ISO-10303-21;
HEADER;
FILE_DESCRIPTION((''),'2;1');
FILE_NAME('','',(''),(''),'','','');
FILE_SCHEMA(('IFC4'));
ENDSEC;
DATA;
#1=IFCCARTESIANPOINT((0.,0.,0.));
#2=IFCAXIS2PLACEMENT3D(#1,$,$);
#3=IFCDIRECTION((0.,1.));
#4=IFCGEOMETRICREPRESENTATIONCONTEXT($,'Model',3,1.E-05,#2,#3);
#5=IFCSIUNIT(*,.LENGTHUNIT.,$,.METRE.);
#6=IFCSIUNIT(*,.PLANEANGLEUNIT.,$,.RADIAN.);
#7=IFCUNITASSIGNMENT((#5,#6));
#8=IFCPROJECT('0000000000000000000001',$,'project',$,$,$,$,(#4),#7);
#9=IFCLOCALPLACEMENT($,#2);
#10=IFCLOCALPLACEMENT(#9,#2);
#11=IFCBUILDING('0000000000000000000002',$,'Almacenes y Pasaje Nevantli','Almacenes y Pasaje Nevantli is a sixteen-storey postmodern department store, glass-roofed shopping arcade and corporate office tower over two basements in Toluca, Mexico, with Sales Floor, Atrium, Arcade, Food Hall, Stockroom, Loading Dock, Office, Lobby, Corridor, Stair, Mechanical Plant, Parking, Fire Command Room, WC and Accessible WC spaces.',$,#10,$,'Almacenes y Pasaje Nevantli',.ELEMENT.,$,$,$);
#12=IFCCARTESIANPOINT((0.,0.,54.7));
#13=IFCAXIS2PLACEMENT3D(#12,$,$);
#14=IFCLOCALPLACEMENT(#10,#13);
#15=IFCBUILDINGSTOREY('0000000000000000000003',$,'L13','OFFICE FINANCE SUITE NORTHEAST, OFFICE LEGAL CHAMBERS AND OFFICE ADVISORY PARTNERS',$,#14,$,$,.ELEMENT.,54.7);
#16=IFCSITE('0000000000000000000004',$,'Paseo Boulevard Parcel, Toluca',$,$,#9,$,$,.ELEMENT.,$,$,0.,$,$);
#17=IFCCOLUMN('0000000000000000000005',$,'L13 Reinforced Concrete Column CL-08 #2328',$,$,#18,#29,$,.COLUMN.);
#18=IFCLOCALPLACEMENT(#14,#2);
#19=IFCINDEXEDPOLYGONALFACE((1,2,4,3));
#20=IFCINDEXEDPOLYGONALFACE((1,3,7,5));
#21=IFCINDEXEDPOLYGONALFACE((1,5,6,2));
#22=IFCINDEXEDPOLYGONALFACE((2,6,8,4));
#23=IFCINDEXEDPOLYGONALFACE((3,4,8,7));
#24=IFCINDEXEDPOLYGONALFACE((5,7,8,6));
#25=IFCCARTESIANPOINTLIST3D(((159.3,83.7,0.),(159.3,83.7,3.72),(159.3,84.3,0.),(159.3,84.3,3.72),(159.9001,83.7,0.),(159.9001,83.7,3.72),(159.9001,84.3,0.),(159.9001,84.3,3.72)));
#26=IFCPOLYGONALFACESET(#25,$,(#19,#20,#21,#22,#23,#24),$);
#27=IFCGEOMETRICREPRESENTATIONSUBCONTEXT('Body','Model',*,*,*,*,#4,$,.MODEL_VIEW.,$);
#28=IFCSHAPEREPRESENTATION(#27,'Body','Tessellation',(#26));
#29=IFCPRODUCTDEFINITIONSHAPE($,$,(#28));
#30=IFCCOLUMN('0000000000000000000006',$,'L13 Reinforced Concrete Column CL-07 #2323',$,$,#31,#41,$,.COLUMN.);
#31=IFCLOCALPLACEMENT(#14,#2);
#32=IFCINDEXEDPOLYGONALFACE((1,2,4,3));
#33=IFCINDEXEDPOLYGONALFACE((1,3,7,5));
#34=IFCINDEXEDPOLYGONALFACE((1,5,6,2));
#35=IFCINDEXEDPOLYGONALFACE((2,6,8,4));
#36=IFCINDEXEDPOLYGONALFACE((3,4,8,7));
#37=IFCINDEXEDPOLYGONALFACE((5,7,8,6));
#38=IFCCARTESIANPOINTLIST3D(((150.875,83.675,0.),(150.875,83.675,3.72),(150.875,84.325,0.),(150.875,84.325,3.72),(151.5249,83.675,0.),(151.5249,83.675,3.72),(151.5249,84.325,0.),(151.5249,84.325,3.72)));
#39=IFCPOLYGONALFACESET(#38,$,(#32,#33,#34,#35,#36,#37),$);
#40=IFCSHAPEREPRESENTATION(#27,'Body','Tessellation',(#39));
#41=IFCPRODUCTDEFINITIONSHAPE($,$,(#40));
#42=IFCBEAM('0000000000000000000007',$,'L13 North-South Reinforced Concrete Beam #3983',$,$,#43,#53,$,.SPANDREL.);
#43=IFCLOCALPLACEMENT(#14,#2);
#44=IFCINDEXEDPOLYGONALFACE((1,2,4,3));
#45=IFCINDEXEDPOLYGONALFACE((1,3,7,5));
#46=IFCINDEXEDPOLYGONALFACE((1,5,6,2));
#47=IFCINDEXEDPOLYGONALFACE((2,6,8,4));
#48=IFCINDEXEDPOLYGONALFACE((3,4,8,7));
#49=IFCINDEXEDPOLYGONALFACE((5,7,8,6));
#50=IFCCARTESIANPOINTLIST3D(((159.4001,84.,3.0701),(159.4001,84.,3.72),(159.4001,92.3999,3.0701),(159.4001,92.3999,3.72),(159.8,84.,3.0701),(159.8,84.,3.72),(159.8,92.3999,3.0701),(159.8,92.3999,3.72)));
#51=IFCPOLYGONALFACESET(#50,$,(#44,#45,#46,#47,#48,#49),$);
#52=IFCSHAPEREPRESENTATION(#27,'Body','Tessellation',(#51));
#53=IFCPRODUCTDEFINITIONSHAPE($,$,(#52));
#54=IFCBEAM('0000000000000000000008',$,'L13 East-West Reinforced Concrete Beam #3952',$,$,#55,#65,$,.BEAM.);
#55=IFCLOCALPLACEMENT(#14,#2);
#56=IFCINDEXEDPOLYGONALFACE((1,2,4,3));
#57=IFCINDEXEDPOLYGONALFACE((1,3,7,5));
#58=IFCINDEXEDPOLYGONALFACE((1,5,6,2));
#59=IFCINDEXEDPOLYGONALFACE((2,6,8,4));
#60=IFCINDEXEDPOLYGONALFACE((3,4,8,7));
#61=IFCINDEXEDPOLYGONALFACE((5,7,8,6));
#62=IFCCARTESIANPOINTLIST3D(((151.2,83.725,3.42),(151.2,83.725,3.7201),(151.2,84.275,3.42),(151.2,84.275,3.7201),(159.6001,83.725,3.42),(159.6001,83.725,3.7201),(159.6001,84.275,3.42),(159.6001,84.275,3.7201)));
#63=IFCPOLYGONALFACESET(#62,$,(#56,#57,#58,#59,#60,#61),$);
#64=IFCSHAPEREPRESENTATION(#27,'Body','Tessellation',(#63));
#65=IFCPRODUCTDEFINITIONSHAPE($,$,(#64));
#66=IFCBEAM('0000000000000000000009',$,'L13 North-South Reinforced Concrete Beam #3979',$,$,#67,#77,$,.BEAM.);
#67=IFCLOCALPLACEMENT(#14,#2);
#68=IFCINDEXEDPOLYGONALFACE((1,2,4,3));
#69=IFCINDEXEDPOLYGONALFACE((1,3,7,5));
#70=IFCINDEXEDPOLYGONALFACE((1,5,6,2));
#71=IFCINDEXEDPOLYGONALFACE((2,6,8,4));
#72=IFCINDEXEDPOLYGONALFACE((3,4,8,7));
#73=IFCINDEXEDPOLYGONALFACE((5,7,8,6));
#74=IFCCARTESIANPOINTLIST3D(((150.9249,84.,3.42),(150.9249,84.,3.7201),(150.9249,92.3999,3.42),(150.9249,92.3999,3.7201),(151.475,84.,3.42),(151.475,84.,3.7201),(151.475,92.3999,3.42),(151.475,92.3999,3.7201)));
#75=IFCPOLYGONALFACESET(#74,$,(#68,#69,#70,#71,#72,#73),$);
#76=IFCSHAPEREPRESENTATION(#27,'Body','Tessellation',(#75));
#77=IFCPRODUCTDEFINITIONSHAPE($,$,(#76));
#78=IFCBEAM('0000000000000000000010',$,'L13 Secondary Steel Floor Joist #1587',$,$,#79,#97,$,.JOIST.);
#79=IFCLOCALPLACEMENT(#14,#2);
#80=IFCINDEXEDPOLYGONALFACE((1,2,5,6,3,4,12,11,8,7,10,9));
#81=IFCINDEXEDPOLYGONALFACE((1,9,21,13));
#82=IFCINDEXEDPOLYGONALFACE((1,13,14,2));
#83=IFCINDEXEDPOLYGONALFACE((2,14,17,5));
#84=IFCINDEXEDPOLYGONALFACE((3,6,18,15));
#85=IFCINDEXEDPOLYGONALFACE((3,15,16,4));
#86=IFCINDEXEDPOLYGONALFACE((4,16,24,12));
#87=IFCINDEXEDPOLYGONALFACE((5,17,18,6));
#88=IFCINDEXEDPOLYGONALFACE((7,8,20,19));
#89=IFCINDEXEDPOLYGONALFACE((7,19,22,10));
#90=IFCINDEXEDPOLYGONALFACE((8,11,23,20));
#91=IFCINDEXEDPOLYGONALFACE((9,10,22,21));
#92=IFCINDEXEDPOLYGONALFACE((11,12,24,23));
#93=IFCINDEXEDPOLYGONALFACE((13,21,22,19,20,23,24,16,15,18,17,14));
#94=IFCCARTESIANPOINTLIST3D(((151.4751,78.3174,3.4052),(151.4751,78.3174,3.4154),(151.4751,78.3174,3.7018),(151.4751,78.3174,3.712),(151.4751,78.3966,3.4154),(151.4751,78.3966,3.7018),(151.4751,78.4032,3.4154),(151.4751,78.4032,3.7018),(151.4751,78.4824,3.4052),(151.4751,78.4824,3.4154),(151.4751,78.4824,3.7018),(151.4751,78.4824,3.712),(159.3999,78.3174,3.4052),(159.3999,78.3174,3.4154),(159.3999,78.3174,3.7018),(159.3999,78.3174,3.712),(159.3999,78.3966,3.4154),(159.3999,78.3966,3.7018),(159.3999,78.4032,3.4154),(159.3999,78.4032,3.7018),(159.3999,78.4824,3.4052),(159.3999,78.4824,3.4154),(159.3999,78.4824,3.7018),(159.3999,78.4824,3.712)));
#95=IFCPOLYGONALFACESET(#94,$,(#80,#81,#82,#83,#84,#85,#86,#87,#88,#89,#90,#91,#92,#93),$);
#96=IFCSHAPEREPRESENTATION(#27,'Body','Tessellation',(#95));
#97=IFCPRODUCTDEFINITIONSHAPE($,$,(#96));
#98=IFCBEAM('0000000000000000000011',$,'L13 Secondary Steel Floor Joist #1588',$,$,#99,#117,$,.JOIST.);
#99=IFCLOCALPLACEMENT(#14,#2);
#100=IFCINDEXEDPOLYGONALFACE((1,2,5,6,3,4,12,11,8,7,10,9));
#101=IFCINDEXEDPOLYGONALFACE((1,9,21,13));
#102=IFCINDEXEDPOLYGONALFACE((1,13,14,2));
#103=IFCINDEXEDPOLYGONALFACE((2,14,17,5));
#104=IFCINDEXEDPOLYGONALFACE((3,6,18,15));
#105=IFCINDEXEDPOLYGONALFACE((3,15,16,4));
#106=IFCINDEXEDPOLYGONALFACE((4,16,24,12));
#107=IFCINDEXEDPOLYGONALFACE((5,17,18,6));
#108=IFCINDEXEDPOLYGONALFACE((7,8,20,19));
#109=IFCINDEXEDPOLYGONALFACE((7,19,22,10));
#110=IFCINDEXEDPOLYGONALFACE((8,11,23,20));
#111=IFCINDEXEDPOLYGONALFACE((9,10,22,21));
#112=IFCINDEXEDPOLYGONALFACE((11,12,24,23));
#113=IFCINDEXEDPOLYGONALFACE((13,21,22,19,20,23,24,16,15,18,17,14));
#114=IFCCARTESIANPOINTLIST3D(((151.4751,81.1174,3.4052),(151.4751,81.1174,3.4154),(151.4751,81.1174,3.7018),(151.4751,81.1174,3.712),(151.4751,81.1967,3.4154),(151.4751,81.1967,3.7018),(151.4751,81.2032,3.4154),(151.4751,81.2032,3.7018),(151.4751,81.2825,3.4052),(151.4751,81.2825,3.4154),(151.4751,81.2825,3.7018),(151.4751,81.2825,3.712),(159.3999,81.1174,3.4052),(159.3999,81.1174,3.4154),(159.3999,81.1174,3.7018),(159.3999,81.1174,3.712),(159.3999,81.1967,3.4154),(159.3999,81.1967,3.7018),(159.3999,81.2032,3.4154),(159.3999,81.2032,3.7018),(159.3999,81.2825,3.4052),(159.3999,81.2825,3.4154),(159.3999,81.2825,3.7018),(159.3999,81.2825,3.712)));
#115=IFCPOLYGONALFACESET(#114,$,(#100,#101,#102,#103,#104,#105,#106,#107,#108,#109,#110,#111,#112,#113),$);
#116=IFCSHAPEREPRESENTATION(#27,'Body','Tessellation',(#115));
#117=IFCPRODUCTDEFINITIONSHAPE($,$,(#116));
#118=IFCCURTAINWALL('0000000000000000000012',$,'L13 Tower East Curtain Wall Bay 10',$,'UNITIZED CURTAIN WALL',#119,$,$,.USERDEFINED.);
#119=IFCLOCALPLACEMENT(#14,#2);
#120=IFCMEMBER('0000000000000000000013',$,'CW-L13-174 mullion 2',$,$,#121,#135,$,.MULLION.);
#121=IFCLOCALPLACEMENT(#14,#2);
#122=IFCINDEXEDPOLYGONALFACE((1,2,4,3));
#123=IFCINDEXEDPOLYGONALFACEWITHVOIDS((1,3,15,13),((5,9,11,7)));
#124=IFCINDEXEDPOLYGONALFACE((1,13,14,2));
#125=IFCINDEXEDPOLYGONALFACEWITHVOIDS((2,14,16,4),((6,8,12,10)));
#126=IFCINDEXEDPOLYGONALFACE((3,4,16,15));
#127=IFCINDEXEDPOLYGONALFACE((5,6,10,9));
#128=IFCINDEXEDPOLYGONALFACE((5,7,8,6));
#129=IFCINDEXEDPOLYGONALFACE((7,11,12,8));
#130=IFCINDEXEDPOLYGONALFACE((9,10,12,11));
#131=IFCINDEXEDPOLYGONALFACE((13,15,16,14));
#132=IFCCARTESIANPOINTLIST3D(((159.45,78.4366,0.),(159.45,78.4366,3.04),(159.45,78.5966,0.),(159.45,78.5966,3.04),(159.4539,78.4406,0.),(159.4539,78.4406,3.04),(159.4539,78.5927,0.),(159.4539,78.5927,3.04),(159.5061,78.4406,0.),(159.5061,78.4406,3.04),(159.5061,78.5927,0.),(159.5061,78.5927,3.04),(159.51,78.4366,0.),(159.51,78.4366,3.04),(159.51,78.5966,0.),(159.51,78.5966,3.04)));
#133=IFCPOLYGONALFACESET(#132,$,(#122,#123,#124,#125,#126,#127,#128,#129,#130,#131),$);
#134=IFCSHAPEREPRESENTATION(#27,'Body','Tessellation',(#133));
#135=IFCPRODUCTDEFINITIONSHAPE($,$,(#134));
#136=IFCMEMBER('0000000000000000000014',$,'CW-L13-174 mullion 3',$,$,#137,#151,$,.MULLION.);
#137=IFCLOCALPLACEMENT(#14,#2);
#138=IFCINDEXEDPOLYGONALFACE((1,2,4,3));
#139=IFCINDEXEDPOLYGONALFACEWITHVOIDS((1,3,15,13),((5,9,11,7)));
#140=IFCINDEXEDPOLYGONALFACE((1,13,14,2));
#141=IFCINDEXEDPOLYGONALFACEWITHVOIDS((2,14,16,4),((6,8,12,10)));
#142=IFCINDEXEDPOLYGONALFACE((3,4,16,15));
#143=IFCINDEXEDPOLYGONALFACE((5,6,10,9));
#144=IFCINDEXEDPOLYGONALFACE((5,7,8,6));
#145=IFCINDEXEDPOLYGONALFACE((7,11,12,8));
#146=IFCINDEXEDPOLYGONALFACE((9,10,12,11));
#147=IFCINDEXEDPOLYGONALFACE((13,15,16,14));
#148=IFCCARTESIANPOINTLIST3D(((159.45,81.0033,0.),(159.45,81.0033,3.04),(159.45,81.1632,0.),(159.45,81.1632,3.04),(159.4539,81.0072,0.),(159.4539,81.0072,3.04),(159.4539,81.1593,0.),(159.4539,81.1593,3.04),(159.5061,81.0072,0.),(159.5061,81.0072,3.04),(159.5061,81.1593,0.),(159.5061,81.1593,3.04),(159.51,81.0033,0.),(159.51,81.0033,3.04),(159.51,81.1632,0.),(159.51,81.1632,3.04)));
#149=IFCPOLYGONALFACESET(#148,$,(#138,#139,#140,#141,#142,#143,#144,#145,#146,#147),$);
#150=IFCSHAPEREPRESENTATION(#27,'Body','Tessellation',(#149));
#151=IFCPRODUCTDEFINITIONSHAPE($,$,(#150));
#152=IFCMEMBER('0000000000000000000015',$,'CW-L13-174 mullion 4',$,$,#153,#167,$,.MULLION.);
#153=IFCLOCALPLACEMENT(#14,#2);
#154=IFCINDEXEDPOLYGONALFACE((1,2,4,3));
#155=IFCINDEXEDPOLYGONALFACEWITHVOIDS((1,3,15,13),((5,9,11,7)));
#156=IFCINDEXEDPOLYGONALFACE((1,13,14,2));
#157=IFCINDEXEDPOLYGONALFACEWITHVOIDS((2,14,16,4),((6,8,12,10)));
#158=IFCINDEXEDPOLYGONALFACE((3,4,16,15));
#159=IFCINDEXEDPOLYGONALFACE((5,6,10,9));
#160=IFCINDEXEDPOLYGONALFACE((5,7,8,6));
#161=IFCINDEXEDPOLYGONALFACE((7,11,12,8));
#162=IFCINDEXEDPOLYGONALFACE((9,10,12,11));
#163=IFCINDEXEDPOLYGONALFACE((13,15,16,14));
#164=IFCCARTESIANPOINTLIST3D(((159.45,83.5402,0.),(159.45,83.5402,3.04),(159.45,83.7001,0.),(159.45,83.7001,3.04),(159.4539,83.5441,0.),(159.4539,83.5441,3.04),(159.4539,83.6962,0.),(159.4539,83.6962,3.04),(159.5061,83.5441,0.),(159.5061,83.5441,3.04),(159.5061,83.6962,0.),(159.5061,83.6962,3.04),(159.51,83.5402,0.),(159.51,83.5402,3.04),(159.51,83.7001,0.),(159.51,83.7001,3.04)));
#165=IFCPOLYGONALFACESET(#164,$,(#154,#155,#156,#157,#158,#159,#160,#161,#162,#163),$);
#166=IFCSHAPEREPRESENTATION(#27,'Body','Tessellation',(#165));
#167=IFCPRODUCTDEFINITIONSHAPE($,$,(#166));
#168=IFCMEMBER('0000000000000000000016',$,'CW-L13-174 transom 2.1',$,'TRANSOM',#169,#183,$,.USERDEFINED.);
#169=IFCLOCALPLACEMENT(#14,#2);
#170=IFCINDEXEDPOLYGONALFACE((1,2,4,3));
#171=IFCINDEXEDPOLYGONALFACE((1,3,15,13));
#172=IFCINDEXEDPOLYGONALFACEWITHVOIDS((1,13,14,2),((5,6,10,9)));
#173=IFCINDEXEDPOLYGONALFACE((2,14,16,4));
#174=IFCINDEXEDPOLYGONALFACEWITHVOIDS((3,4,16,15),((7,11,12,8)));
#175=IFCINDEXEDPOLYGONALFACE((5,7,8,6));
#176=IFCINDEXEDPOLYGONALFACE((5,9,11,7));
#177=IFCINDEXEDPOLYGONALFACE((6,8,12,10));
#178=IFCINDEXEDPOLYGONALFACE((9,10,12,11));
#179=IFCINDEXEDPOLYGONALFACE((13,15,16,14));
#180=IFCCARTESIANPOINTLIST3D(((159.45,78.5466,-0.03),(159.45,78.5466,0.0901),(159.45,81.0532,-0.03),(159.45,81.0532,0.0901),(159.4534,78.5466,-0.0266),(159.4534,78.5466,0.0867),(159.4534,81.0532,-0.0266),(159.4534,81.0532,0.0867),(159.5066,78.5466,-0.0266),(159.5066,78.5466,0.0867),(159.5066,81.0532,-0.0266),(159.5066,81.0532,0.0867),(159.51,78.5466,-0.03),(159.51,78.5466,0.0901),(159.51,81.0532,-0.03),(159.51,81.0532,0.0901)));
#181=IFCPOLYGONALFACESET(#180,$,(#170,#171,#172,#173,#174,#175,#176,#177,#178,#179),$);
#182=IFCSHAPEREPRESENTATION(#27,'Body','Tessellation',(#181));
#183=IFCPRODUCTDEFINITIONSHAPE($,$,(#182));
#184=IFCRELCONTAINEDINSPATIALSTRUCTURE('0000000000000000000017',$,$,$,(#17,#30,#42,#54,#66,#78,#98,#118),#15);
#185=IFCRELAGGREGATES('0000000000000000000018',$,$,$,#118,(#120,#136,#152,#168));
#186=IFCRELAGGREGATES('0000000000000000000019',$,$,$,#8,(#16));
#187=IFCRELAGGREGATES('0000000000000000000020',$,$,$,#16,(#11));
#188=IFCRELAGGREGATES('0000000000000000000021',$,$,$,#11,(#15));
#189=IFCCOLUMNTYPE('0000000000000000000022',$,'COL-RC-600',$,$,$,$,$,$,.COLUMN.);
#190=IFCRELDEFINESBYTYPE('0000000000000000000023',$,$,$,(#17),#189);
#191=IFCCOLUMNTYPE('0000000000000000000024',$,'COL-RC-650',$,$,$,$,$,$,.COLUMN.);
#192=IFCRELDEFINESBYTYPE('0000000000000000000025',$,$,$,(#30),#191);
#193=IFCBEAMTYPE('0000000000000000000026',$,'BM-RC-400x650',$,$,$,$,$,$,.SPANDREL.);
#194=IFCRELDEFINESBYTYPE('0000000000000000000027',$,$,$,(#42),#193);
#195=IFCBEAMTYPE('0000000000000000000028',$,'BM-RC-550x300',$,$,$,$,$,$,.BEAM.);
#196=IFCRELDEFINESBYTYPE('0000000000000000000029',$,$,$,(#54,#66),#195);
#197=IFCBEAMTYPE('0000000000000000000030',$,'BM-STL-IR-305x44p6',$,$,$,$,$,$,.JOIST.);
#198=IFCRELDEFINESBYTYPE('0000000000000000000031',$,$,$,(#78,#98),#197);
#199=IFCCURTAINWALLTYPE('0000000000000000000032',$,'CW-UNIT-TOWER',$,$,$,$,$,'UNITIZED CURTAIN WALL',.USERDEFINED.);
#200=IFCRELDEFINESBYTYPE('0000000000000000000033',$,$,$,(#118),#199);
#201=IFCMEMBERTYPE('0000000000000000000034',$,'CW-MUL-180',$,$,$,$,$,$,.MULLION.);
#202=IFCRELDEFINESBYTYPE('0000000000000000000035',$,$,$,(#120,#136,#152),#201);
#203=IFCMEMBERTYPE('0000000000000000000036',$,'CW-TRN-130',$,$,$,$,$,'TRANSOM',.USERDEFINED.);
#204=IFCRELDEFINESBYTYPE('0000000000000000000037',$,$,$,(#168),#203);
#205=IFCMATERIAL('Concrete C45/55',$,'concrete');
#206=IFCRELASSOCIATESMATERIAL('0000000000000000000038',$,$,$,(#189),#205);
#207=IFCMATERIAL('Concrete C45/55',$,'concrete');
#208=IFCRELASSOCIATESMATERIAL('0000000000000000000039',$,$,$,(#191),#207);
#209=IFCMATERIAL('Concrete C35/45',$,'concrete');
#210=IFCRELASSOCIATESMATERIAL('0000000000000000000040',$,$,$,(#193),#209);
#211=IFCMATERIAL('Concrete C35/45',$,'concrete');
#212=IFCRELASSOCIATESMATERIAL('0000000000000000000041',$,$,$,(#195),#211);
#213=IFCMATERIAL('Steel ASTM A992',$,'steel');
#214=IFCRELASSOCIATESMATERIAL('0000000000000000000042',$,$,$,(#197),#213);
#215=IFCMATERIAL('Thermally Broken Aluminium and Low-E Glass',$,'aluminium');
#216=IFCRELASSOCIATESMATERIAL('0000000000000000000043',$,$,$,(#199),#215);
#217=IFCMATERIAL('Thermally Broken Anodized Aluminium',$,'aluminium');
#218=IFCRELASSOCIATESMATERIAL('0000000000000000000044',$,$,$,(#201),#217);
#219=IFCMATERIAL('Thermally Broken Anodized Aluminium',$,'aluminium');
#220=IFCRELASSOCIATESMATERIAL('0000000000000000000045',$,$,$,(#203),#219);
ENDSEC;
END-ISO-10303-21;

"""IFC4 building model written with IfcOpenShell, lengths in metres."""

from ifc_helpers import new_model, si_unit, direction, frame, origin, origin_2d, place, context, subcontext, project, spatial, rectangle, hollow_rectangle, i_section, extrude, material, material_profile, profile_set, type_object, element, aggregate, save


model = new_model("IFC4")

# Units and contexts
model_context = context("Model", 3, precision=1e-05, world=origin(), true_north=direction((0.0, 1.0)))
body_context = subcontext(model_context, "Body", "Model", "MODEL_VIEW")
ifc_project = project(units=[si_unit("LENGTHUNIT", "METRE"), si_unit("PLANEANGLEUNIT", "RADIAN")], contexts=[model_context])

# Site, building, storey
site_placement = place(None, origin())
site = spatial("IfcSite", under=ifc_project, at=site_placement, Name="Paseo Boulevard Parcel, Toluca", CompositionType="ELEMENT", RefElevation=0.0)
building_placement = place(site_placement, origin())
building = spatial("IfcBuilding", under=site, at=building_placement, Name="Almacenes y Pasaje Nevantli", Description="Almacenes y Pasaje Nevantli is a sixteen-storey postmodern department store, glass-roofed shopping arcade and corporate office tower over two basements in Toluca, Mexico, with Sales Floor, Atrium, Arcade, Food Hall, Stockroom, Loading Dock, Office, Lobby, Corridor, Stair, Mechanical Plant, Parking, Fire Command Room, WC and Accessible WC spaces.", LongName="Almacenes y Pasaje Nevantli", CompositionType="ELEMENT")
storey_placement = place(building_placement, frame((0.0, 0.0, 54.7)))
storey = spatial("IfcBuildingStorey", under=building, at=storey_placement, Name="L13", Description="OFFICE FINANCE SUITE NORTHEAST, OFFICE LEGAL CHAMBERS AND OFFICE ADVISORY PARTNERS", CompositionType="ELEMENT", Elevation=54.7)

# Columns
ifc_material_1 = material(Name="Concrete C45/55", Category="concrete")
ifc_material_profile_1 = material_profile(ifc_material_1, rectangle(XDim=0.6001, YDim=0.6001, at=origin_2d()), Name="RC-COL-600x600")
ifc_profile_set_1 = profile_set([ifc_material_profile_1], Name="Concrete C45/55")
column_type_1 = type_object("IfcColumnType", Name="COL-RC-600", PredefinedType="COLUMN", material=ifc_profile_set_1)
column_1_placement = place(storey_placement, frame((159.6001, 84.0, 0.0), z_axis=(0.0, 0.0, 1.0), x_axis=(1.0, 0.0, 0.0)))
element("IfcColumn", 1, at=column_1_placement, inside=storey, type_object=column_type_1, Name="L13 Reinforced Concrete Column CL-08 #2328", PredefinedType="COLUMN", context=body_context, shape_type="SweptSolid", body=[
    extrude(rectangle(XDim=0.6001, YDim=0.6001, at=origin_2d()), origin(), (0.0, 0.0, 1.0), 3.72),
])
ifc_material_2 = material(Name="Concrete C45/55", Category="concrete")
ifc_material_profile_2 = material_profile(ifc_material_2, rectangle(XDim=0.6499, YDim=0.6499, at=origin_2d()), Name="RC-COL-650x650")
ifc_profile_set_2 = profile_set([ifc_material_profile_2], Name="Concrete C45/55")
column_type_2 = type_object("IfcColumnType", Name="COL-RC-650", PredefinedType="COLUMN", material=ifc_profile_set_2)
column_2_placement = place(storey_placement, frame((151.2, 84.0, 0.0), z_axis=(0.0, 0.0, 1.0), x_axis=(1.0, 0.0, 0.0)))
element("IfcColumn", 2, at=column_2_placement, inside=storey, type_object=column_type_2, Name="L13 Reinforced Concrete Column CL-07 #2323", PredefinedType="COLUMN", context=body_context, shape_type="SweptSolid", body=[
    extrude(rectangle(XDim=0.6499, YDim=0.6499, at=origin_2d()), origin(), (0.0, 0.0, 1.0), 3.72),
])

# Beams
ifc_material_3 = material(Name="Concrete C35/45", Category="concrete")
ifc_material_profile_3 = material_profile(ifc_material_3, rectangle(XDim=0.3999, YDim=0.6499, at=origin_2d()), Name="RC-BM-400x650")
ifc_profile_set_3 = profile_set([ifc_material_profile_3], Name="Concrete C35/45")
beam_type_1 = type_object("IfcBeamType", Name="BM-RC-400x650", PredefinedType="SPANDREL", material=ifc_profile_set_3)
beam_1_placement = place(storey_placement, frame((159.6001, 84.0, 3.395), z_axis=(0.0, 1.0, 0.0), x_axis=(-1.0, 0.0, 0.0)))
element("IfcBeam", 3, at=beam_1_placement, inside=storey, type_object=beam_type_1, Name="L13 North-South Reinforced Concrete Beam #3983", PredefinedType="SPANDREL", context=body_context, shape_type="SweptSolid", body=[
    extrude(rectangle(XDim=0.3999, YDim=0.6499, at=origin_2d()), origin(), (0.0, 0.0, 1.0), 8.3999),
])
ifc_material_4 = material(Name="Concrete C35/45", Category="concrete")
ifc_material_profile_4 = material_profile(ifc_material_4, rectangle(XDim=0.55, YDim=0.3, at=origin_2d()), Name="RC-BM-550x300")
ifc_profile_set_4 = profile_set([ifc_material_profile_4], Name="Concrete C35/45")
beam_type_2 = type_object("IfcBeamType", Name="BM-RC-550x300", PredefinedType="BEAM", material=ifc_profile_set_4)
beam_2_placement = place(storey_placement, frame((151.2, 84.0, 3.5701), z_axis=(1.0, 0.0, 0.0), x_axis=(0.0, 1.0, 0.0)))
element("IfcBeam", 4, at=beam_2_placement, inside=storey, type_object=beam_type_2, Name="L13 East-West Reinforced Concrete Beam #3952", PredefinedType="BEAM", context=body_context, shape_type="SweptSolid", body=[
    extrude(rectangle(XDim=0.55, YDim=0.3, at=origin_2d()), origin(), (0.0, 0.0, 1.0), 8.4001),
])
beam_3_placement = place(storey_placement, frame((151.2, 84.0, 3.5701), z_axis=(0.0, 1.0, 0.0), x_axis=(-1.0, 0.0, 0.0)))
element("IfcBeam", 5, at=beam_3_placement, inside=storey, type_object=beam_type_2, Name="L13 North-South Reinforced Concrete Beam #3979", PredefinedType="BEAM", context=body_context, shape_type="SweptSolid", body=[
    extrude(rectangle(XDim=0.55, YDim=0.3, at=origin_2d()), origin(), (0.0, 0.0, 1.0), 8.3999),
])
ifc_material_5 = material(Name="Steel ASTM A992", Category="steel")
ifc_material_profile_5 = material_profile(ifc_material_5, i_section(OverallWidth=0.165, OverallDepth=0.3069, WebThickness=0.0066, FlangeThickness=0.0103, at=origin_2d()), Name="IR 305x44.6")
ifc_profile_set_5 = profile_set([ifc_material_profile_5], Name="Steel ASTM A992")
beam_type_3 = type_object("IfcBeamType", Name="BM-STL-IR-305x44p6", PredefinedType="JOIST", material=ifc_profile_set_5)
for number, where, z_axis, x_axis, name in (
    (6, (151.4751, 78.3999, 3.5586), (1.0, 0.0, 0.0), (0.0, 1.0, 0.0), "L13 Secondary Steel Floor Joist #1587"),
    (7, (151.4751, 81.2, 3.5586), (1.0, 0.0, 0.0), (0.0, 1.0, 0.0), "L13 Secondary Steel Floor Joist #1588"),
):
    element("IfcBeam", number, at=place(storey_placement, frame(where, z_axis=z_axis, x_axis=x_axis)), inside=storey, type_object=beam_type_3, Name=name, PredefinedType="JOIST", context=body_context, shape_type="SweptSolid", body=[
        extrude(i_section(OverallWidth=0.165, OverallDepth=0.3069, WebThickness=0.0066, FlangeThickness=0.0103, at=origin_2d()), origin(), (0.0, 0.0, 1.0), 7.9248),
    ])

# Curtain wall, members
ifc_material_6 = material(Name="Thermally Broken Aluminium and Low-E Glass", Category="aluminium")
curtain_wall_type = type_object("IfcCurtainWallType", Name="CW-UNIT-TOWER", ElementType="UNITIZED CURTAIN WALL", PredefinedType="USERDEFINED", material=ifc_material_6)
curtain_wall_placement = place(storey_placement, origin())
curtain_wall = element("IfcCurtainWall", 8, at=curtain_wall_placement, inside=storey, type_object=curtain_wall_type, Name="L13 Tower East Curtain Wall Bay 10", ObjectType="UNITIZED CURTAIN WALL", PredefinedType="USERDEFINED")
ifc_material_7 = material(Name="Thermally Broken Anodized Aluminium", Category="aluminium")
ifc_material_profile_6 = material_profile(ifc_material_7, hollow_rectangle(XDim=0.0601, YDim=0.1599, WallThickness=0.0039, at=origin_2d()), Name="ALU-MUL-60x160")
ifc_profile_set_6 = profile_set([ifc_material_profile_6], Name="Thermally Broken Anodized Aluminium")
member_type_1 = type_object("IfcMemberType", Name="CW-MUL-180", PredefinedType="MULLION", material=ifc_profile_set_6)
member_1_placement = place(storey_placement, frame((159.48, 78.5166, 0.0), z_axis=(0.0, 0.0, 1.0), x_axis=(-1.0, 0.0, 0.0)))
member_1 = element("IfcMember", 9, at=member_1_placement, type_object=member_type_1, Name="CW-L13-174 mullion 2", PredefinedType="MULLION", context=body_context, shape_type="SweptSolid", body=[
    extrude(hollow_rectangle(XDim=0.0601, YDim=0.1599, WallThickness=0.0039, at=origin_2d()), origin(), (0.0, 0.0, 1.0), 3.04),
])
member_2_placement = place(storey_placement, frame((159.48, 81.0833, 0.0), z_axis=(0.0, 0.0, 1.0), x_axis=(-1.0, 0.0, 0.0)))
member_2 = element("IfcMember", 10, at=member_2_placement, type_object=member_type_1, Name="CW-L13-174 mullion 3", PredefinedType="MULLION", context=body_context, shape_type="SweptSolid", body=[
    extrude(hollow_rectangle(XDim=0.0601, YDim=0.1599, WallThickness=0.0039, at=origin_2d()), origin(), (0.0, 0.0, 1.0), 3.04),
])
member_3_placement = place(storey_placement, frame((159.48, 83.6201, 0.0), z_axis=(0.0, 0.0, 1.0), x_axis=(-1.0, 0.0, 0.0)))
member_3 = element("IfcMember", 11, at=member_3_placement, type_object=member_type_1, Name="CW-L13-174 mullion 4", PredefinedType="MULLION", context=body_context, shape_type="SweptSolid", body=[
    extrude(hollow_rectangle(XDim=0.0601, YDim=0.1599, WallThickness=0.0039, at=origin_2d()), origin(), (0.0, 0.0, 1.0), 3.04),
])
ifc_material_8 = material(Name="Thermally Broken Anodized Aluminium", Category="aluminium")
ifc_material_profile_7 = material_profile(ifc_material_8, hollow_rectangle(XDim=0.0601, YDim=0.1201, WallThickness=0.0034, at=origin_2d()), Name="ALU-TRN-60x120")
ifc_profile_set_7 = profile_set([ifc_material_profile_7], Name="Thermally Broken Anodized Aluminium")
member_type_2 = type_object("IfcMemberType", Name="CW-TRN-130", ElementType="TRANSOM", PredefinedType="USERDEFINED", material=ifc_profile_set_7)
member_4_placement = place(storey_placement, frame((159.48, 78.5466, 0.03), z_axis=(0.0, 1.0, 0.0), x_axis=(-1.0, 0.0, 0.0)))
member_4 = element("IfcMember", 12, at=member_4_placement, type_object=member_type_2, Name="CW-L13-174 transom 2.1", ObjectType="TRANSOM", PredefinedType="USERDEFINED", context=body_context, shape_type="SweptSolid", body=[
    extrude(hollow_rectangle(XDim=0.0601, YDim=0.1201, WallThickness=0.0034, at=origin_2d()), origin(), (0.0, 0.0, 1.0), 2.5066),
])
aggregate(curtain_wall, [member_1, member_2, member_3, member_4])

save(model, "model.ifc")
